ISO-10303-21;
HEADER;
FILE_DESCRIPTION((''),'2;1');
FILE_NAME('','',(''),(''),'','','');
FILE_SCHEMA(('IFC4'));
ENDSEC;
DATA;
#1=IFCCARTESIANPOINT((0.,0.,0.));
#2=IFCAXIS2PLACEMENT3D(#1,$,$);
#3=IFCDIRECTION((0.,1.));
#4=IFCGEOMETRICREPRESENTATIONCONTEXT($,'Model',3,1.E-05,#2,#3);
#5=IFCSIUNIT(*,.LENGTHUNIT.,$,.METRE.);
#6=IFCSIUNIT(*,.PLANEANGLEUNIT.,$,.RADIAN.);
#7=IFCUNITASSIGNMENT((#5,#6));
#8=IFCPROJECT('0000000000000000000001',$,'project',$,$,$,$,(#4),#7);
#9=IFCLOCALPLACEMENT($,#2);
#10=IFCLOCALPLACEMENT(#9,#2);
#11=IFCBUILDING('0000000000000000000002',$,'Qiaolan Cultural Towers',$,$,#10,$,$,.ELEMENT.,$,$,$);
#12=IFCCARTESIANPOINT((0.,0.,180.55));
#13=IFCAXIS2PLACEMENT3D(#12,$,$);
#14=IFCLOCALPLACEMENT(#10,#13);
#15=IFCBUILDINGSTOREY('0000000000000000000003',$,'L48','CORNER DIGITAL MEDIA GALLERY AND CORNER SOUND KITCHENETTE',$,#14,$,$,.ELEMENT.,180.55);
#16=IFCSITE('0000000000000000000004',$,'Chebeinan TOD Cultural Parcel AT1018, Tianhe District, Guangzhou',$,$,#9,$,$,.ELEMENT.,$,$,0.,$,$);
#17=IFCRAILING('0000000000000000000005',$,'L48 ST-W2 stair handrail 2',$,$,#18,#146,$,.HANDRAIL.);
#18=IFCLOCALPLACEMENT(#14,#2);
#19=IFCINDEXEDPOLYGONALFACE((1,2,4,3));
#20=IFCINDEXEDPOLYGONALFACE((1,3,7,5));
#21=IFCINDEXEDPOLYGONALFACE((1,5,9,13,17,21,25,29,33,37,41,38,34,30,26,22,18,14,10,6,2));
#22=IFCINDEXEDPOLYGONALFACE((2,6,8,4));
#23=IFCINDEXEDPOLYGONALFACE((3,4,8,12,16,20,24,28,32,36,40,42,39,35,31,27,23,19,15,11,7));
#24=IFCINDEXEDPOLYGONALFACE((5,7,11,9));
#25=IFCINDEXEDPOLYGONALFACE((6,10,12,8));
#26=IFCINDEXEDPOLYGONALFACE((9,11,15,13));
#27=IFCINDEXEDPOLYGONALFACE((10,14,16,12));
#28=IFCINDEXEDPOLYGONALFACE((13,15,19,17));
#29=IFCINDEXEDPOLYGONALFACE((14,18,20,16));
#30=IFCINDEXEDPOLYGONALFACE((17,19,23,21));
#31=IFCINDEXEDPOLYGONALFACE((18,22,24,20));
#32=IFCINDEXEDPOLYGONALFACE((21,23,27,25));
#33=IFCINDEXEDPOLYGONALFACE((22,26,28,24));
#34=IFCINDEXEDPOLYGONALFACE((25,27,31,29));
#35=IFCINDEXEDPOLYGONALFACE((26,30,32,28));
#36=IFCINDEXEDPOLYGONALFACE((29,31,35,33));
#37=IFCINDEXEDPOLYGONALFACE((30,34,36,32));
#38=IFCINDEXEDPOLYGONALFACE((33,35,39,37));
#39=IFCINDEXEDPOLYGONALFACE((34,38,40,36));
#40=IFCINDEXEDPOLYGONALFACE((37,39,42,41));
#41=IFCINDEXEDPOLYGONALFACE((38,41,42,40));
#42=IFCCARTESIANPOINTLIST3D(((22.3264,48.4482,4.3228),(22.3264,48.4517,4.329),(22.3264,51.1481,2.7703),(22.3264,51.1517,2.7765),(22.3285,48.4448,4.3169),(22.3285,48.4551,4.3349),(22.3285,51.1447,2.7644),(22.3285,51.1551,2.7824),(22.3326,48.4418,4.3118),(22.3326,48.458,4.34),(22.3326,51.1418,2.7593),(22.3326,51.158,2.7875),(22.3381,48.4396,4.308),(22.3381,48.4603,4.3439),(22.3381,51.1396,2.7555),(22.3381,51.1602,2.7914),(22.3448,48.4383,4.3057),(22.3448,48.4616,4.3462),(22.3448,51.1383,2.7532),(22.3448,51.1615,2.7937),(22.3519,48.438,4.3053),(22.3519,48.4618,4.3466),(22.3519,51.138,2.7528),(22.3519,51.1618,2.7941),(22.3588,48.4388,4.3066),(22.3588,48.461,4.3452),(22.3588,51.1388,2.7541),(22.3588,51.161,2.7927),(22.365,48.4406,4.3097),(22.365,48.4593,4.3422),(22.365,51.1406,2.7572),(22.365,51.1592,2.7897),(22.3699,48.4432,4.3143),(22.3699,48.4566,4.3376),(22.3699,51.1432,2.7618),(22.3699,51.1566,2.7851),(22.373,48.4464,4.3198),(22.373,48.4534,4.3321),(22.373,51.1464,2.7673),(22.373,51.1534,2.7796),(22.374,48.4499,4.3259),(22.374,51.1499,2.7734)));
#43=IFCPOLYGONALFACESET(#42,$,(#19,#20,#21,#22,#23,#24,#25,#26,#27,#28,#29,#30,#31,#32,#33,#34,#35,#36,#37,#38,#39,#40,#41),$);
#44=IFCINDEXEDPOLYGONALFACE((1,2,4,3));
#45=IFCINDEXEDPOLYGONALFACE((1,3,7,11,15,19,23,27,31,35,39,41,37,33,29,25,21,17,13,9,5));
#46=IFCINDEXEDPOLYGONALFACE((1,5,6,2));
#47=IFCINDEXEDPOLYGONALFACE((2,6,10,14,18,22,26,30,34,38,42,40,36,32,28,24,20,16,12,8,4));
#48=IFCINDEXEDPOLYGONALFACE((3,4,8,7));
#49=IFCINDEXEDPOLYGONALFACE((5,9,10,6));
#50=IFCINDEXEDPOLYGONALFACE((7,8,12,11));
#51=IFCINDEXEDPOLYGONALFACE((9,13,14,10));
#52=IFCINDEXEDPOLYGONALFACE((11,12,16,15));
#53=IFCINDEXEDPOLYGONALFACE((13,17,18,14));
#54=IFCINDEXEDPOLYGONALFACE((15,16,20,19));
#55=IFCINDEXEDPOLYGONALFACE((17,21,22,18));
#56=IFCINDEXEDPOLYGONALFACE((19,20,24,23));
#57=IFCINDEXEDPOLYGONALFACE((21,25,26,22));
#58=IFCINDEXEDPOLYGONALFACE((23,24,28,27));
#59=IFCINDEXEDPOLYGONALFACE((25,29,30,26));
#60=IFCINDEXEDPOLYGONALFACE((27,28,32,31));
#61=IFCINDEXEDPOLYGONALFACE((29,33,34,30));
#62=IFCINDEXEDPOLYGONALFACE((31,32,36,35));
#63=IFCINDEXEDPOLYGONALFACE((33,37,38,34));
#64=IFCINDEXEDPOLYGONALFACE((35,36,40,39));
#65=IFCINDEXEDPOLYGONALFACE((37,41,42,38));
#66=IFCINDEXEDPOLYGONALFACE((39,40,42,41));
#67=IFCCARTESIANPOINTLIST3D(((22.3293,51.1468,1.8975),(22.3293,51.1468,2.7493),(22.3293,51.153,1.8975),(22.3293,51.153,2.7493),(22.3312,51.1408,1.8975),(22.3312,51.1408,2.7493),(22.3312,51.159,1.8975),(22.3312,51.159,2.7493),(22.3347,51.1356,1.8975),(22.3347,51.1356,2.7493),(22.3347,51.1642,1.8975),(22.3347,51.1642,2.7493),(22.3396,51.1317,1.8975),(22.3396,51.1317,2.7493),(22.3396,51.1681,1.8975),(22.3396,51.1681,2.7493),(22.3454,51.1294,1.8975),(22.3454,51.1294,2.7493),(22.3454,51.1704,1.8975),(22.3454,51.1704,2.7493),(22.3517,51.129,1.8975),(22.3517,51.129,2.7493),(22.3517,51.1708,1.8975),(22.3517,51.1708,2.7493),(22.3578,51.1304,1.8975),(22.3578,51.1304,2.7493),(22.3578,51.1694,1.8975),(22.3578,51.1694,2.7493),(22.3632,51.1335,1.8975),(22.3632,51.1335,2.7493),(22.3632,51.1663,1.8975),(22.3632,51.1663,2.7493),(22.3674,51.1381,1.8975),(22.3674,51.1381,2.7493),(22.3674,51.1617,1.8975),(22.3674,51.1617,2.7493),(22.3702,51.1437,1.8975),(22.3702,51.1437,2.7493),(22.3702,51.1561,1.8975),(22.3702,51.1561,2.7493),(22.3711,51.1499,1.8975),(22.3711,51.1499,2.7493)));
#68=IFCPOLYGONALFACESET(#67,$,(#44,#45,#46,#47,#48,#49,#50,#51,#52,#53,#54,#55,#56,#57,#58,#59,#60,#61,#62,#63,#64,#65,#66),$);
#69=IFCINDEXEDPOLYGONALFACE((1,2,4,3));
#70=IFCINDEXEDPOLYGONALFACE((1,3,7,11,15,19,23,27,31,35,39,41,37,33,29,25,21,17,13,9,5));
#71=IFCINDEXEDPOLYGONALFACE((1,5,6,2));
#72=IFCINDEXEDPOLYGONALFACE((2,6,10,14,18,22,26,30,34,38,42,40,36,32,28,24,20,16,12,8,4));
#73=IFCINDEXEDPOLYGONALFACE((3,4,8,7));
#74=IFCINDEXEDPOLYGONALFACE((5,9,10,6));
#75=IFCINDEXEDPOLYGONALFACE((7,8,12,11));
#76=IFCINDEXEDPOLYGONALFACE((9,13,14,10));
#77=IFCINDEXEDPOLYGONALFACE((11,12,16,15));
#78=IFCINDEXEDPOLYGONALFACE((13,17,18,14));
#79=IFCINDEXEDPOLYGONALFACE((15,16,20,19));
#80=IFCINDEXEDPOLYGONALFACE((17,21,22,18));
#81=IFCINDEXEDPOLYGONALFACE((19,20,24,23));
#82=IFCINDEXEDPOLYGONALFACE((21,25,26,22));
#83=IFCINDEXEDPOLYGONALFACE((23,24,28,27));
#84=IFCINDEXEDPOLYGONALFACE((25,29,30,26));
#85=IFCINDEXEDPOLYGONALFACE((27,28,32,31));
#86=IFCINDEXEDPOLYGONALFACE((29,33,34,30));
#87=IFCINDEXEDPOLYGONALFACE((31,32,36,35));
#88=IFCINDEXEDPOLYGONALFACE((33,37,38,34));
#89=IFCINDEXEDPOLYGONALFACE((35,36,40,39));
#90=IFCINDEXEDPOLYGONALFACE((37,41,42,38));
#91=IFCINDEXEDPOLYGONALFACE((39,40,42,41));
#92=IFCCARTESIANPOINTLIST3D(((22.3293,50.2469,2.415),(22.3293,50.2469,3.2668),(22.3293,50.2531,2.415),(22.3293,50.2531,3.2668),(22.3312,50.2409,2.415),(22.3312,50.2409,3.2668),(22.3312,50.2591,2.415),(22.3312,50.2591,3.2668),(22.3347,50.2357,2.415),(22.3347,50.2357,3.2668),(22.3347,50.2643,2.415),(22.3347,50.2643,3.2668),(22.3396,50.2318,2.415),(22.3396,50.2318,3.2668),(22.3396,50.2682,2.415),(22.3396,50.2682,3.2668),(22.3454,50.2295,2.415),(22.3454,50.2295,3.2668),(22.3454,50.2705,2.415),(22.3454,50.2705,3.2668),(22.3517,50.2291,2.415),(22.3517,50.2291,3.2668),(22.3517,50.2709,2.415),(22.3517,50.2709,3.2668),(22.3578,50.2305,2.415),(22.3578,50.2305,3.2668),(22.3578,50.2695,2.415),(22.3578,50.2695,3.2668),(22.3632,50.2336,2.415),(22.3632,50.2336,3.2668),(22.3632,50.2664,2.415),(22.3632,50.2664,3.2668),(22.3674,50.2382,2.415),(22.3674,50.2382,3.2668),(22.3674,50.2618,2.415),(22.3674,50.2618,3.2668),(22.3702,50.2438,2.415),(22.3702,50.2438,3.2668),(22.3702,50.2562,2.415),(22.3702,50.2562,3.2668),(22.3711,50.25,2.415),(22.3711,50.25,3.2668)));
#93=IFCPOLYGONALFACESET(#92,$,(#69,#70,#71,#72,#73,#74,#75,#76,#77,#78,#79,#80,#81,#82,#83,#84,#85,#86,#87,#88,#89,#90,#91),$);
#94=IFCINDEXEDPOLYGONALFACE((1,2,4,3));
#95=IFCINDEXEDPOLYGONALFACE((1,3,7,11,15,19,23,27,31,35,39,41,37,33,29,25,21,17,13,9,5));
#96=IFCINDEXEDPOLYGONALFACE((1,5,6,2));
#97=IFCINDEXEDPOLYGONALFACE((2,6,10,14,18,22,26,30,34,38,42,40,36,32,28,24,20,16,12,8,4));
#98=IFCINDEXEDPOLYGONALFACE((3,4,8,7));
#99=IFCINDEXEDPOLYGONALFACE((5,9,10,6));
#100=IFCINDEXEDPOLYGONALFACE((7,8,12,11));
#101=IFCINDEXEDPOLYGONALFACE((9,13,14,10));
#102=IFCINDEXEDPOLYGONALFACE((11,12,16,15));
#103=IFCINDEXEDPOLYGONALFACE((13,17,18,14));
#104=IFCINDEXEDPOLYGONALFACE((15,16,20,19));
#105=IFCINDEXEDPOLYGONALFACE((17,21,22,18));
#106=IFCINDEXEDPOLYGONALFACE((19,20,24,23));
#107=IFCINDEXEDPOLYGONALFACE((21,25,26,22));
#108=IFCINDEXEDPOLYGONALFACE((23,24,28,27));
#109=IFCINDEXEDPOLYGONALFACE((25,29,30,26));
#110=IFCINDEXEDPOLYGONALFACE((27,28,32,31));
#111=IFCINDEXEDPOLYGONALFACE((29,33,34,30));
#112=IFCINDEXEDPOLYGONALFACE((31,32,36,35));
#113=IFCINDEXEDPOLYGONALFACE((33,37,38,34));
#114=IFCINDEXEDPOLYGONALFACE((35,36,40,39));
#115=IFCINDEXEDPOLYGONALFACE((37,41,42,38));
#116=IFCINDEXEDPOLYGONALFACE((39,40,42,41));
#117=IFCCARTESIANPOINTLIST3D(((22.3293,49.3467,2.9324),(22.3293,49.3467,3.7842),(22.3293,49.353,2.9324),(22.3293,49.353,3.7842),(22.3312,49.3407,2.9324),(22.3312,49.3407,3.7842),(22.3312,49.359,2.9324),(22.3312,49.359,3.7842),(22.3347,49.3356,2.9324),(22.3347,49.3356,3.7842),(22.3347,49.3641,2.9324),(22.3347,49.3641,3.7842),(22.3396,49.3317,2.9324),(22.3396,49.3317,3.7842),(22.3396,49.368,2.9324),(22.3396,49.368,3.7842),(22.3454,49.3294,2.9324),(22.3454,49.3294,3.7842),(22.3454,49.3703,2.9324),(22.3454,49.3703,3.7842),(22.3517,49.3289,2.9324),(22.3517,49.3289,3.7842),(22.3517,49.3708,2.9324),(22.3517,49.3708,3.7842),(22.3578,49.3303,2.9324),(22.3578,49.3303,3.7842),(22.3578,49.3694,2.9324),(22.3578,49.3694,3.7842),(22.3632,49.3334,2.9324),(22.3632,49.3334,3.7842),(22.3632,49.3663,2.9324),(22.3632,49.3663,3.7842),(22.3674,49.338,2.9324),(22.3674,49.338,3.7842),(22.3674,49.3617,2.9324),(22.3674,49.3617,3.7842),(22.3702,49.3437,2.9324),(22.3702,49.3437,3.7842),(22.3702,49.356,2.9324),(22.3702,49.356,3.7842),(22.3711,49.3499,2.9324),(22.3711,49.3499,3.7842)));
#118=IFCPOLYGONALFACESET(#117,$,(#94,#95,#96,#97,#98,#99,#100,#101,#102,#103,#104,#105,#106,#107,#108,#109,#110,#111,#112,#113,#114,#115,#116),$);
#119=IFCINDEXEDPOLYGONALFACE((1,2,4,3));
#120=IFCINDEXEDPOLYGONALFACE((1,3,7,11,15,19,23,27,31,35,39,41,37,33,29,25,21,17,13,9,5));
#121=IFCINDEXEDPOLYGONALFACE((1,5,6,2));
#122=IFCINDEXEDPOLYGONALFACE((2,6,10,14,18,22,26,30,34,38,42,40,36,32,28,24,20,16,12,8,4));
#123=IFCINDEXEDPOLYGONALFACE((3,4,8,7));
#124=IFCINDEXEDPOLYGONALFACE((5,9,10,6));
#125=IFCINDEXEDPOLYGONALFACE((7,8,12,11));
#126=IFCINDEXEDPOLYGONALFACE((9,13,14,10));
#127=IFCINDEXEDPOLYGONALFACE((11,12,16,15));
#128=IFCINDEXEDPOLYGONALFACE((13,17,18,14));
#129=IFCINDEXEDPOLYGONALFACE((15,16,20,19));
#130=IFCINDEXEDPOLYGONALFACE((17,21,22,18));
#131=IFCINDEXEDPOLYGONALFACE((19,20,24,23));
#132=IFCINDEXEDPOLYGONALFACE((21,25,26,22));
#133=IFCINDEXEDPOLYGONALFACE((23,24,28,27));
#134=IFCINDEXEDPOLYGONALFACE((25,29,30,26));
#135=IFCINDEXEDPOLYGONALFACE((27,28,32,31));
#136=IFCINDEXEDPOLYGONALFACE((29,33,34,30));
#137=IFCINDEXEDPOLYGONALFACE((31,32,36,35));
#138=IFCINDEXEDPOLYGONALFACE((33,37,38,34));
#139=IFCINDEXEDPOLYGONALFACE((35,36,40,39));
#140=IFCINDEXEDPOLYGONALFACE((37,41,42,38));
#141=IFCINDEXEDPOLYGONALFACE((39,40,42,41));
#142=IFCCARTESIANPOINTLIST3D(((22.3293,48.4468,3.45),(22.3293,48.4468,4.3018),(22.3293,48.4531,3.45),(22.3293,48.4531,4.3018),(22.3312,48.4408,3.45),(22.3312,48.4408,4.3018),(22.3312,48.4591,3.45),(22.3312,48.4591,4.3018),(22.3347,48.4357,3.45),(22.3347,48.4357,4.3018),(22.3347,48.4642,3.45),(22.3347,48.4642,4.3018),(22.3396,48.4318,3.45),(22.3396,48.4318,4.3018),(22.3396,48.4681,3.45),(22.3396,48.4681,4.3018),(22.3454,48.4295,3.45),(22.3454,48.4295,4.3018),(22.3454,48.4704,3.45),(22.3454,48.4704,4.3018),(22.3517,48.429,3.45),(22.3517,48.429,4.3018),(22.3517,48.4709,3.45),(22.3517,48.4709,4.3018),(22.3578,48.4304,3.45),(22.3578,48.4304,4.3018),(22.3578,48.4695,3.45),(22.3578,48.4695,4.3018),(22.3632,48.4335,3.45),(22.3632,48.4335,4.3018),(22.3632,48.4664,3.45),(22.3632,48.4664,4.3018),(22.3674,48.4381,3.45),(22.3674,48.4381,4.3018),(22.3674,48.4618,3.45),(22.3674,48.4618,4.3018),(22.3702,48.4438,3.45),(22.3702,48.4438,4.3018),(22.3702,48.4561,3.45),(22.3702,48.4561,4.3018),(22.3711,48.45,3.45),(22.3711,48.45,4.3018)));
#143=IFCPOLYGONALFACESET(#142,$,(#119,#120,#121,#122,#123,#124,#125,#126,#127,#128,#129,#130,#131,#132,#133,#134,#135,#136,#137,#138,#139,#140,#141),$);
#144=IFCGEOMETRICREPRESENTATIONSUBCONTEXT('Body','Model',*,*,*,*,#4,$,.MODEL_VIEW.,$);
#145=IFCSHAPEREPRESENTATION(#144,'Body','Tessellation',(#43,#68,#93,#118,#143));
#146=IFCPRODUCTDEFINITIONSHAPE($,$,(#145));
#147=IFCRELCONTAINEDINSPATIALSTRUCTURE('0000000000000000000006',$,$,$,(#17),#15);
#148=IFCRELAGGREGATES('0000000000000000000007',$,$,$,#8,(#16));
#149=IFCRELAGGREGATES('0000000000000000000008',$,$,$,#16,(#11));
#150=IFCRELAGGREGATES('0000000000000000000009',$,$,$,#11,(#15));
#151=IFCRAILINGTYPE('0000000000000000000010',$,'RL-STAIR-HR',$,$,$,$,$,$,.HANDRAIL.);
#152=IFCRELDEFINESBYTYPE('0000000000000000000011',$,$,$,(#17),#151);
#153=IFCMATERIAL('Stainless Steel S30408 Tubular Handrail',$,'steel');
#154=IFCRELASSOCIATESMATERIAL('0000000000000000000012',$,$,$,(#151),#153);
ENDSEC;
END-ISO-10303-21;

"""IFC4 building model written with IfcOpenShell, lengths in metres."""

from ifc_helpers import new_model, si_unit, direction, frame, origin, origin_2d, place, context, subcontext, project, spatial, circle, extrude, material, type_object, element, save


model = new_model("IFC4")

# Units and contexts
model_context = context("Model", 3, precision=1e-05, world=origin(), true_north=direction((0.0, 1.0)))
body_context = subcontext(model_context, "Body", "Model", "MODEL_VIEW")
ifc_project = project(units=[si_unit("LENGTHUNIT", "METRE"), si_unit("PLANEANGLEUNIT", "RADIAN")], contexts=[model_context])

# Site, building, storey
site_placement = place(None, origin())
site = spatial("IfcSite", under=ifc_project, at=site_placement, Name="Chebeinan TOD Cultural Parcel AT1018, Tianhe District, Guangzhou", CompositionType="ELEMENT", RefElevation=0.0)
building_placement = place(site_placement, origin())
building = spatial("IfcBuilding", under=site, at=building_placement, Name="Qiaolan Cultural Towers", CompositionType="ELEMENT")
storey_placement = place(building_placement, frame((0.0, 0.0, 180.55)))
storey = spatial("IfcBuildingStorey", under=building, at=storey_placement, Name="L48", Description="CORNER DIGITAL MEDIA GALLERY AND CORNER SOUND KITCHENETTE", CompositionType="ELEMENT", Elevation=180.55)

# Railing
ifc_material_1 = material(Name="Stainless Steel S30408 Tubular Handrail", Category="steel")
railing_type_1 = type_object("IfcRailingType", Name="RL-STAIR-HR", PredefinedType="HANDRAIL", material=ifc_material_1)
railing_1_placement = place(storey_placement, frame((22.3501, 51.1499, 1.8975)))
element("IfcRailing", 1, at=railing_1_placement, inside=storey, type_object=railing_type_1, Name="L48 ST-W2 stair handrail 2", PredefinedType="HANDRAIL", context=body_context, shape_type="SweptSolid", body=[
    extrude(circle(Radius=0.0239, at=origin_2d()), frame((0.0, 0.0, 0.876), z_axis=(0.0, -0.866904, 0.498476), x_axis=(1.0, 0.0, 0.0)), (0.0, 0.0, 1.0), 3.1145),
    extrude(circle(Radius=0.021, at=origin_2d()), origin(), (0.0, 0.0, 1.0), 0.8518),
    extrude(circle(Radius=0.021, at=origin_2d()), frame((0.0, -0.8999, 0.5176)), (0.0, 0.0, 1.0), 0.8518),
    extrude(circle(Radius=0.021, at=origin_2d()), frame((0.0, -1.8, 1.0349)), (0.0, 0.0, 1.0), 0.8518),
    extrude(circle(Radius=0.021, at=origin_2d()), frame((0.0, -2.7, 1.5525)), (0.0, 0.0, 1.0), 0.8518),
])

save(model, "model.ifc")
